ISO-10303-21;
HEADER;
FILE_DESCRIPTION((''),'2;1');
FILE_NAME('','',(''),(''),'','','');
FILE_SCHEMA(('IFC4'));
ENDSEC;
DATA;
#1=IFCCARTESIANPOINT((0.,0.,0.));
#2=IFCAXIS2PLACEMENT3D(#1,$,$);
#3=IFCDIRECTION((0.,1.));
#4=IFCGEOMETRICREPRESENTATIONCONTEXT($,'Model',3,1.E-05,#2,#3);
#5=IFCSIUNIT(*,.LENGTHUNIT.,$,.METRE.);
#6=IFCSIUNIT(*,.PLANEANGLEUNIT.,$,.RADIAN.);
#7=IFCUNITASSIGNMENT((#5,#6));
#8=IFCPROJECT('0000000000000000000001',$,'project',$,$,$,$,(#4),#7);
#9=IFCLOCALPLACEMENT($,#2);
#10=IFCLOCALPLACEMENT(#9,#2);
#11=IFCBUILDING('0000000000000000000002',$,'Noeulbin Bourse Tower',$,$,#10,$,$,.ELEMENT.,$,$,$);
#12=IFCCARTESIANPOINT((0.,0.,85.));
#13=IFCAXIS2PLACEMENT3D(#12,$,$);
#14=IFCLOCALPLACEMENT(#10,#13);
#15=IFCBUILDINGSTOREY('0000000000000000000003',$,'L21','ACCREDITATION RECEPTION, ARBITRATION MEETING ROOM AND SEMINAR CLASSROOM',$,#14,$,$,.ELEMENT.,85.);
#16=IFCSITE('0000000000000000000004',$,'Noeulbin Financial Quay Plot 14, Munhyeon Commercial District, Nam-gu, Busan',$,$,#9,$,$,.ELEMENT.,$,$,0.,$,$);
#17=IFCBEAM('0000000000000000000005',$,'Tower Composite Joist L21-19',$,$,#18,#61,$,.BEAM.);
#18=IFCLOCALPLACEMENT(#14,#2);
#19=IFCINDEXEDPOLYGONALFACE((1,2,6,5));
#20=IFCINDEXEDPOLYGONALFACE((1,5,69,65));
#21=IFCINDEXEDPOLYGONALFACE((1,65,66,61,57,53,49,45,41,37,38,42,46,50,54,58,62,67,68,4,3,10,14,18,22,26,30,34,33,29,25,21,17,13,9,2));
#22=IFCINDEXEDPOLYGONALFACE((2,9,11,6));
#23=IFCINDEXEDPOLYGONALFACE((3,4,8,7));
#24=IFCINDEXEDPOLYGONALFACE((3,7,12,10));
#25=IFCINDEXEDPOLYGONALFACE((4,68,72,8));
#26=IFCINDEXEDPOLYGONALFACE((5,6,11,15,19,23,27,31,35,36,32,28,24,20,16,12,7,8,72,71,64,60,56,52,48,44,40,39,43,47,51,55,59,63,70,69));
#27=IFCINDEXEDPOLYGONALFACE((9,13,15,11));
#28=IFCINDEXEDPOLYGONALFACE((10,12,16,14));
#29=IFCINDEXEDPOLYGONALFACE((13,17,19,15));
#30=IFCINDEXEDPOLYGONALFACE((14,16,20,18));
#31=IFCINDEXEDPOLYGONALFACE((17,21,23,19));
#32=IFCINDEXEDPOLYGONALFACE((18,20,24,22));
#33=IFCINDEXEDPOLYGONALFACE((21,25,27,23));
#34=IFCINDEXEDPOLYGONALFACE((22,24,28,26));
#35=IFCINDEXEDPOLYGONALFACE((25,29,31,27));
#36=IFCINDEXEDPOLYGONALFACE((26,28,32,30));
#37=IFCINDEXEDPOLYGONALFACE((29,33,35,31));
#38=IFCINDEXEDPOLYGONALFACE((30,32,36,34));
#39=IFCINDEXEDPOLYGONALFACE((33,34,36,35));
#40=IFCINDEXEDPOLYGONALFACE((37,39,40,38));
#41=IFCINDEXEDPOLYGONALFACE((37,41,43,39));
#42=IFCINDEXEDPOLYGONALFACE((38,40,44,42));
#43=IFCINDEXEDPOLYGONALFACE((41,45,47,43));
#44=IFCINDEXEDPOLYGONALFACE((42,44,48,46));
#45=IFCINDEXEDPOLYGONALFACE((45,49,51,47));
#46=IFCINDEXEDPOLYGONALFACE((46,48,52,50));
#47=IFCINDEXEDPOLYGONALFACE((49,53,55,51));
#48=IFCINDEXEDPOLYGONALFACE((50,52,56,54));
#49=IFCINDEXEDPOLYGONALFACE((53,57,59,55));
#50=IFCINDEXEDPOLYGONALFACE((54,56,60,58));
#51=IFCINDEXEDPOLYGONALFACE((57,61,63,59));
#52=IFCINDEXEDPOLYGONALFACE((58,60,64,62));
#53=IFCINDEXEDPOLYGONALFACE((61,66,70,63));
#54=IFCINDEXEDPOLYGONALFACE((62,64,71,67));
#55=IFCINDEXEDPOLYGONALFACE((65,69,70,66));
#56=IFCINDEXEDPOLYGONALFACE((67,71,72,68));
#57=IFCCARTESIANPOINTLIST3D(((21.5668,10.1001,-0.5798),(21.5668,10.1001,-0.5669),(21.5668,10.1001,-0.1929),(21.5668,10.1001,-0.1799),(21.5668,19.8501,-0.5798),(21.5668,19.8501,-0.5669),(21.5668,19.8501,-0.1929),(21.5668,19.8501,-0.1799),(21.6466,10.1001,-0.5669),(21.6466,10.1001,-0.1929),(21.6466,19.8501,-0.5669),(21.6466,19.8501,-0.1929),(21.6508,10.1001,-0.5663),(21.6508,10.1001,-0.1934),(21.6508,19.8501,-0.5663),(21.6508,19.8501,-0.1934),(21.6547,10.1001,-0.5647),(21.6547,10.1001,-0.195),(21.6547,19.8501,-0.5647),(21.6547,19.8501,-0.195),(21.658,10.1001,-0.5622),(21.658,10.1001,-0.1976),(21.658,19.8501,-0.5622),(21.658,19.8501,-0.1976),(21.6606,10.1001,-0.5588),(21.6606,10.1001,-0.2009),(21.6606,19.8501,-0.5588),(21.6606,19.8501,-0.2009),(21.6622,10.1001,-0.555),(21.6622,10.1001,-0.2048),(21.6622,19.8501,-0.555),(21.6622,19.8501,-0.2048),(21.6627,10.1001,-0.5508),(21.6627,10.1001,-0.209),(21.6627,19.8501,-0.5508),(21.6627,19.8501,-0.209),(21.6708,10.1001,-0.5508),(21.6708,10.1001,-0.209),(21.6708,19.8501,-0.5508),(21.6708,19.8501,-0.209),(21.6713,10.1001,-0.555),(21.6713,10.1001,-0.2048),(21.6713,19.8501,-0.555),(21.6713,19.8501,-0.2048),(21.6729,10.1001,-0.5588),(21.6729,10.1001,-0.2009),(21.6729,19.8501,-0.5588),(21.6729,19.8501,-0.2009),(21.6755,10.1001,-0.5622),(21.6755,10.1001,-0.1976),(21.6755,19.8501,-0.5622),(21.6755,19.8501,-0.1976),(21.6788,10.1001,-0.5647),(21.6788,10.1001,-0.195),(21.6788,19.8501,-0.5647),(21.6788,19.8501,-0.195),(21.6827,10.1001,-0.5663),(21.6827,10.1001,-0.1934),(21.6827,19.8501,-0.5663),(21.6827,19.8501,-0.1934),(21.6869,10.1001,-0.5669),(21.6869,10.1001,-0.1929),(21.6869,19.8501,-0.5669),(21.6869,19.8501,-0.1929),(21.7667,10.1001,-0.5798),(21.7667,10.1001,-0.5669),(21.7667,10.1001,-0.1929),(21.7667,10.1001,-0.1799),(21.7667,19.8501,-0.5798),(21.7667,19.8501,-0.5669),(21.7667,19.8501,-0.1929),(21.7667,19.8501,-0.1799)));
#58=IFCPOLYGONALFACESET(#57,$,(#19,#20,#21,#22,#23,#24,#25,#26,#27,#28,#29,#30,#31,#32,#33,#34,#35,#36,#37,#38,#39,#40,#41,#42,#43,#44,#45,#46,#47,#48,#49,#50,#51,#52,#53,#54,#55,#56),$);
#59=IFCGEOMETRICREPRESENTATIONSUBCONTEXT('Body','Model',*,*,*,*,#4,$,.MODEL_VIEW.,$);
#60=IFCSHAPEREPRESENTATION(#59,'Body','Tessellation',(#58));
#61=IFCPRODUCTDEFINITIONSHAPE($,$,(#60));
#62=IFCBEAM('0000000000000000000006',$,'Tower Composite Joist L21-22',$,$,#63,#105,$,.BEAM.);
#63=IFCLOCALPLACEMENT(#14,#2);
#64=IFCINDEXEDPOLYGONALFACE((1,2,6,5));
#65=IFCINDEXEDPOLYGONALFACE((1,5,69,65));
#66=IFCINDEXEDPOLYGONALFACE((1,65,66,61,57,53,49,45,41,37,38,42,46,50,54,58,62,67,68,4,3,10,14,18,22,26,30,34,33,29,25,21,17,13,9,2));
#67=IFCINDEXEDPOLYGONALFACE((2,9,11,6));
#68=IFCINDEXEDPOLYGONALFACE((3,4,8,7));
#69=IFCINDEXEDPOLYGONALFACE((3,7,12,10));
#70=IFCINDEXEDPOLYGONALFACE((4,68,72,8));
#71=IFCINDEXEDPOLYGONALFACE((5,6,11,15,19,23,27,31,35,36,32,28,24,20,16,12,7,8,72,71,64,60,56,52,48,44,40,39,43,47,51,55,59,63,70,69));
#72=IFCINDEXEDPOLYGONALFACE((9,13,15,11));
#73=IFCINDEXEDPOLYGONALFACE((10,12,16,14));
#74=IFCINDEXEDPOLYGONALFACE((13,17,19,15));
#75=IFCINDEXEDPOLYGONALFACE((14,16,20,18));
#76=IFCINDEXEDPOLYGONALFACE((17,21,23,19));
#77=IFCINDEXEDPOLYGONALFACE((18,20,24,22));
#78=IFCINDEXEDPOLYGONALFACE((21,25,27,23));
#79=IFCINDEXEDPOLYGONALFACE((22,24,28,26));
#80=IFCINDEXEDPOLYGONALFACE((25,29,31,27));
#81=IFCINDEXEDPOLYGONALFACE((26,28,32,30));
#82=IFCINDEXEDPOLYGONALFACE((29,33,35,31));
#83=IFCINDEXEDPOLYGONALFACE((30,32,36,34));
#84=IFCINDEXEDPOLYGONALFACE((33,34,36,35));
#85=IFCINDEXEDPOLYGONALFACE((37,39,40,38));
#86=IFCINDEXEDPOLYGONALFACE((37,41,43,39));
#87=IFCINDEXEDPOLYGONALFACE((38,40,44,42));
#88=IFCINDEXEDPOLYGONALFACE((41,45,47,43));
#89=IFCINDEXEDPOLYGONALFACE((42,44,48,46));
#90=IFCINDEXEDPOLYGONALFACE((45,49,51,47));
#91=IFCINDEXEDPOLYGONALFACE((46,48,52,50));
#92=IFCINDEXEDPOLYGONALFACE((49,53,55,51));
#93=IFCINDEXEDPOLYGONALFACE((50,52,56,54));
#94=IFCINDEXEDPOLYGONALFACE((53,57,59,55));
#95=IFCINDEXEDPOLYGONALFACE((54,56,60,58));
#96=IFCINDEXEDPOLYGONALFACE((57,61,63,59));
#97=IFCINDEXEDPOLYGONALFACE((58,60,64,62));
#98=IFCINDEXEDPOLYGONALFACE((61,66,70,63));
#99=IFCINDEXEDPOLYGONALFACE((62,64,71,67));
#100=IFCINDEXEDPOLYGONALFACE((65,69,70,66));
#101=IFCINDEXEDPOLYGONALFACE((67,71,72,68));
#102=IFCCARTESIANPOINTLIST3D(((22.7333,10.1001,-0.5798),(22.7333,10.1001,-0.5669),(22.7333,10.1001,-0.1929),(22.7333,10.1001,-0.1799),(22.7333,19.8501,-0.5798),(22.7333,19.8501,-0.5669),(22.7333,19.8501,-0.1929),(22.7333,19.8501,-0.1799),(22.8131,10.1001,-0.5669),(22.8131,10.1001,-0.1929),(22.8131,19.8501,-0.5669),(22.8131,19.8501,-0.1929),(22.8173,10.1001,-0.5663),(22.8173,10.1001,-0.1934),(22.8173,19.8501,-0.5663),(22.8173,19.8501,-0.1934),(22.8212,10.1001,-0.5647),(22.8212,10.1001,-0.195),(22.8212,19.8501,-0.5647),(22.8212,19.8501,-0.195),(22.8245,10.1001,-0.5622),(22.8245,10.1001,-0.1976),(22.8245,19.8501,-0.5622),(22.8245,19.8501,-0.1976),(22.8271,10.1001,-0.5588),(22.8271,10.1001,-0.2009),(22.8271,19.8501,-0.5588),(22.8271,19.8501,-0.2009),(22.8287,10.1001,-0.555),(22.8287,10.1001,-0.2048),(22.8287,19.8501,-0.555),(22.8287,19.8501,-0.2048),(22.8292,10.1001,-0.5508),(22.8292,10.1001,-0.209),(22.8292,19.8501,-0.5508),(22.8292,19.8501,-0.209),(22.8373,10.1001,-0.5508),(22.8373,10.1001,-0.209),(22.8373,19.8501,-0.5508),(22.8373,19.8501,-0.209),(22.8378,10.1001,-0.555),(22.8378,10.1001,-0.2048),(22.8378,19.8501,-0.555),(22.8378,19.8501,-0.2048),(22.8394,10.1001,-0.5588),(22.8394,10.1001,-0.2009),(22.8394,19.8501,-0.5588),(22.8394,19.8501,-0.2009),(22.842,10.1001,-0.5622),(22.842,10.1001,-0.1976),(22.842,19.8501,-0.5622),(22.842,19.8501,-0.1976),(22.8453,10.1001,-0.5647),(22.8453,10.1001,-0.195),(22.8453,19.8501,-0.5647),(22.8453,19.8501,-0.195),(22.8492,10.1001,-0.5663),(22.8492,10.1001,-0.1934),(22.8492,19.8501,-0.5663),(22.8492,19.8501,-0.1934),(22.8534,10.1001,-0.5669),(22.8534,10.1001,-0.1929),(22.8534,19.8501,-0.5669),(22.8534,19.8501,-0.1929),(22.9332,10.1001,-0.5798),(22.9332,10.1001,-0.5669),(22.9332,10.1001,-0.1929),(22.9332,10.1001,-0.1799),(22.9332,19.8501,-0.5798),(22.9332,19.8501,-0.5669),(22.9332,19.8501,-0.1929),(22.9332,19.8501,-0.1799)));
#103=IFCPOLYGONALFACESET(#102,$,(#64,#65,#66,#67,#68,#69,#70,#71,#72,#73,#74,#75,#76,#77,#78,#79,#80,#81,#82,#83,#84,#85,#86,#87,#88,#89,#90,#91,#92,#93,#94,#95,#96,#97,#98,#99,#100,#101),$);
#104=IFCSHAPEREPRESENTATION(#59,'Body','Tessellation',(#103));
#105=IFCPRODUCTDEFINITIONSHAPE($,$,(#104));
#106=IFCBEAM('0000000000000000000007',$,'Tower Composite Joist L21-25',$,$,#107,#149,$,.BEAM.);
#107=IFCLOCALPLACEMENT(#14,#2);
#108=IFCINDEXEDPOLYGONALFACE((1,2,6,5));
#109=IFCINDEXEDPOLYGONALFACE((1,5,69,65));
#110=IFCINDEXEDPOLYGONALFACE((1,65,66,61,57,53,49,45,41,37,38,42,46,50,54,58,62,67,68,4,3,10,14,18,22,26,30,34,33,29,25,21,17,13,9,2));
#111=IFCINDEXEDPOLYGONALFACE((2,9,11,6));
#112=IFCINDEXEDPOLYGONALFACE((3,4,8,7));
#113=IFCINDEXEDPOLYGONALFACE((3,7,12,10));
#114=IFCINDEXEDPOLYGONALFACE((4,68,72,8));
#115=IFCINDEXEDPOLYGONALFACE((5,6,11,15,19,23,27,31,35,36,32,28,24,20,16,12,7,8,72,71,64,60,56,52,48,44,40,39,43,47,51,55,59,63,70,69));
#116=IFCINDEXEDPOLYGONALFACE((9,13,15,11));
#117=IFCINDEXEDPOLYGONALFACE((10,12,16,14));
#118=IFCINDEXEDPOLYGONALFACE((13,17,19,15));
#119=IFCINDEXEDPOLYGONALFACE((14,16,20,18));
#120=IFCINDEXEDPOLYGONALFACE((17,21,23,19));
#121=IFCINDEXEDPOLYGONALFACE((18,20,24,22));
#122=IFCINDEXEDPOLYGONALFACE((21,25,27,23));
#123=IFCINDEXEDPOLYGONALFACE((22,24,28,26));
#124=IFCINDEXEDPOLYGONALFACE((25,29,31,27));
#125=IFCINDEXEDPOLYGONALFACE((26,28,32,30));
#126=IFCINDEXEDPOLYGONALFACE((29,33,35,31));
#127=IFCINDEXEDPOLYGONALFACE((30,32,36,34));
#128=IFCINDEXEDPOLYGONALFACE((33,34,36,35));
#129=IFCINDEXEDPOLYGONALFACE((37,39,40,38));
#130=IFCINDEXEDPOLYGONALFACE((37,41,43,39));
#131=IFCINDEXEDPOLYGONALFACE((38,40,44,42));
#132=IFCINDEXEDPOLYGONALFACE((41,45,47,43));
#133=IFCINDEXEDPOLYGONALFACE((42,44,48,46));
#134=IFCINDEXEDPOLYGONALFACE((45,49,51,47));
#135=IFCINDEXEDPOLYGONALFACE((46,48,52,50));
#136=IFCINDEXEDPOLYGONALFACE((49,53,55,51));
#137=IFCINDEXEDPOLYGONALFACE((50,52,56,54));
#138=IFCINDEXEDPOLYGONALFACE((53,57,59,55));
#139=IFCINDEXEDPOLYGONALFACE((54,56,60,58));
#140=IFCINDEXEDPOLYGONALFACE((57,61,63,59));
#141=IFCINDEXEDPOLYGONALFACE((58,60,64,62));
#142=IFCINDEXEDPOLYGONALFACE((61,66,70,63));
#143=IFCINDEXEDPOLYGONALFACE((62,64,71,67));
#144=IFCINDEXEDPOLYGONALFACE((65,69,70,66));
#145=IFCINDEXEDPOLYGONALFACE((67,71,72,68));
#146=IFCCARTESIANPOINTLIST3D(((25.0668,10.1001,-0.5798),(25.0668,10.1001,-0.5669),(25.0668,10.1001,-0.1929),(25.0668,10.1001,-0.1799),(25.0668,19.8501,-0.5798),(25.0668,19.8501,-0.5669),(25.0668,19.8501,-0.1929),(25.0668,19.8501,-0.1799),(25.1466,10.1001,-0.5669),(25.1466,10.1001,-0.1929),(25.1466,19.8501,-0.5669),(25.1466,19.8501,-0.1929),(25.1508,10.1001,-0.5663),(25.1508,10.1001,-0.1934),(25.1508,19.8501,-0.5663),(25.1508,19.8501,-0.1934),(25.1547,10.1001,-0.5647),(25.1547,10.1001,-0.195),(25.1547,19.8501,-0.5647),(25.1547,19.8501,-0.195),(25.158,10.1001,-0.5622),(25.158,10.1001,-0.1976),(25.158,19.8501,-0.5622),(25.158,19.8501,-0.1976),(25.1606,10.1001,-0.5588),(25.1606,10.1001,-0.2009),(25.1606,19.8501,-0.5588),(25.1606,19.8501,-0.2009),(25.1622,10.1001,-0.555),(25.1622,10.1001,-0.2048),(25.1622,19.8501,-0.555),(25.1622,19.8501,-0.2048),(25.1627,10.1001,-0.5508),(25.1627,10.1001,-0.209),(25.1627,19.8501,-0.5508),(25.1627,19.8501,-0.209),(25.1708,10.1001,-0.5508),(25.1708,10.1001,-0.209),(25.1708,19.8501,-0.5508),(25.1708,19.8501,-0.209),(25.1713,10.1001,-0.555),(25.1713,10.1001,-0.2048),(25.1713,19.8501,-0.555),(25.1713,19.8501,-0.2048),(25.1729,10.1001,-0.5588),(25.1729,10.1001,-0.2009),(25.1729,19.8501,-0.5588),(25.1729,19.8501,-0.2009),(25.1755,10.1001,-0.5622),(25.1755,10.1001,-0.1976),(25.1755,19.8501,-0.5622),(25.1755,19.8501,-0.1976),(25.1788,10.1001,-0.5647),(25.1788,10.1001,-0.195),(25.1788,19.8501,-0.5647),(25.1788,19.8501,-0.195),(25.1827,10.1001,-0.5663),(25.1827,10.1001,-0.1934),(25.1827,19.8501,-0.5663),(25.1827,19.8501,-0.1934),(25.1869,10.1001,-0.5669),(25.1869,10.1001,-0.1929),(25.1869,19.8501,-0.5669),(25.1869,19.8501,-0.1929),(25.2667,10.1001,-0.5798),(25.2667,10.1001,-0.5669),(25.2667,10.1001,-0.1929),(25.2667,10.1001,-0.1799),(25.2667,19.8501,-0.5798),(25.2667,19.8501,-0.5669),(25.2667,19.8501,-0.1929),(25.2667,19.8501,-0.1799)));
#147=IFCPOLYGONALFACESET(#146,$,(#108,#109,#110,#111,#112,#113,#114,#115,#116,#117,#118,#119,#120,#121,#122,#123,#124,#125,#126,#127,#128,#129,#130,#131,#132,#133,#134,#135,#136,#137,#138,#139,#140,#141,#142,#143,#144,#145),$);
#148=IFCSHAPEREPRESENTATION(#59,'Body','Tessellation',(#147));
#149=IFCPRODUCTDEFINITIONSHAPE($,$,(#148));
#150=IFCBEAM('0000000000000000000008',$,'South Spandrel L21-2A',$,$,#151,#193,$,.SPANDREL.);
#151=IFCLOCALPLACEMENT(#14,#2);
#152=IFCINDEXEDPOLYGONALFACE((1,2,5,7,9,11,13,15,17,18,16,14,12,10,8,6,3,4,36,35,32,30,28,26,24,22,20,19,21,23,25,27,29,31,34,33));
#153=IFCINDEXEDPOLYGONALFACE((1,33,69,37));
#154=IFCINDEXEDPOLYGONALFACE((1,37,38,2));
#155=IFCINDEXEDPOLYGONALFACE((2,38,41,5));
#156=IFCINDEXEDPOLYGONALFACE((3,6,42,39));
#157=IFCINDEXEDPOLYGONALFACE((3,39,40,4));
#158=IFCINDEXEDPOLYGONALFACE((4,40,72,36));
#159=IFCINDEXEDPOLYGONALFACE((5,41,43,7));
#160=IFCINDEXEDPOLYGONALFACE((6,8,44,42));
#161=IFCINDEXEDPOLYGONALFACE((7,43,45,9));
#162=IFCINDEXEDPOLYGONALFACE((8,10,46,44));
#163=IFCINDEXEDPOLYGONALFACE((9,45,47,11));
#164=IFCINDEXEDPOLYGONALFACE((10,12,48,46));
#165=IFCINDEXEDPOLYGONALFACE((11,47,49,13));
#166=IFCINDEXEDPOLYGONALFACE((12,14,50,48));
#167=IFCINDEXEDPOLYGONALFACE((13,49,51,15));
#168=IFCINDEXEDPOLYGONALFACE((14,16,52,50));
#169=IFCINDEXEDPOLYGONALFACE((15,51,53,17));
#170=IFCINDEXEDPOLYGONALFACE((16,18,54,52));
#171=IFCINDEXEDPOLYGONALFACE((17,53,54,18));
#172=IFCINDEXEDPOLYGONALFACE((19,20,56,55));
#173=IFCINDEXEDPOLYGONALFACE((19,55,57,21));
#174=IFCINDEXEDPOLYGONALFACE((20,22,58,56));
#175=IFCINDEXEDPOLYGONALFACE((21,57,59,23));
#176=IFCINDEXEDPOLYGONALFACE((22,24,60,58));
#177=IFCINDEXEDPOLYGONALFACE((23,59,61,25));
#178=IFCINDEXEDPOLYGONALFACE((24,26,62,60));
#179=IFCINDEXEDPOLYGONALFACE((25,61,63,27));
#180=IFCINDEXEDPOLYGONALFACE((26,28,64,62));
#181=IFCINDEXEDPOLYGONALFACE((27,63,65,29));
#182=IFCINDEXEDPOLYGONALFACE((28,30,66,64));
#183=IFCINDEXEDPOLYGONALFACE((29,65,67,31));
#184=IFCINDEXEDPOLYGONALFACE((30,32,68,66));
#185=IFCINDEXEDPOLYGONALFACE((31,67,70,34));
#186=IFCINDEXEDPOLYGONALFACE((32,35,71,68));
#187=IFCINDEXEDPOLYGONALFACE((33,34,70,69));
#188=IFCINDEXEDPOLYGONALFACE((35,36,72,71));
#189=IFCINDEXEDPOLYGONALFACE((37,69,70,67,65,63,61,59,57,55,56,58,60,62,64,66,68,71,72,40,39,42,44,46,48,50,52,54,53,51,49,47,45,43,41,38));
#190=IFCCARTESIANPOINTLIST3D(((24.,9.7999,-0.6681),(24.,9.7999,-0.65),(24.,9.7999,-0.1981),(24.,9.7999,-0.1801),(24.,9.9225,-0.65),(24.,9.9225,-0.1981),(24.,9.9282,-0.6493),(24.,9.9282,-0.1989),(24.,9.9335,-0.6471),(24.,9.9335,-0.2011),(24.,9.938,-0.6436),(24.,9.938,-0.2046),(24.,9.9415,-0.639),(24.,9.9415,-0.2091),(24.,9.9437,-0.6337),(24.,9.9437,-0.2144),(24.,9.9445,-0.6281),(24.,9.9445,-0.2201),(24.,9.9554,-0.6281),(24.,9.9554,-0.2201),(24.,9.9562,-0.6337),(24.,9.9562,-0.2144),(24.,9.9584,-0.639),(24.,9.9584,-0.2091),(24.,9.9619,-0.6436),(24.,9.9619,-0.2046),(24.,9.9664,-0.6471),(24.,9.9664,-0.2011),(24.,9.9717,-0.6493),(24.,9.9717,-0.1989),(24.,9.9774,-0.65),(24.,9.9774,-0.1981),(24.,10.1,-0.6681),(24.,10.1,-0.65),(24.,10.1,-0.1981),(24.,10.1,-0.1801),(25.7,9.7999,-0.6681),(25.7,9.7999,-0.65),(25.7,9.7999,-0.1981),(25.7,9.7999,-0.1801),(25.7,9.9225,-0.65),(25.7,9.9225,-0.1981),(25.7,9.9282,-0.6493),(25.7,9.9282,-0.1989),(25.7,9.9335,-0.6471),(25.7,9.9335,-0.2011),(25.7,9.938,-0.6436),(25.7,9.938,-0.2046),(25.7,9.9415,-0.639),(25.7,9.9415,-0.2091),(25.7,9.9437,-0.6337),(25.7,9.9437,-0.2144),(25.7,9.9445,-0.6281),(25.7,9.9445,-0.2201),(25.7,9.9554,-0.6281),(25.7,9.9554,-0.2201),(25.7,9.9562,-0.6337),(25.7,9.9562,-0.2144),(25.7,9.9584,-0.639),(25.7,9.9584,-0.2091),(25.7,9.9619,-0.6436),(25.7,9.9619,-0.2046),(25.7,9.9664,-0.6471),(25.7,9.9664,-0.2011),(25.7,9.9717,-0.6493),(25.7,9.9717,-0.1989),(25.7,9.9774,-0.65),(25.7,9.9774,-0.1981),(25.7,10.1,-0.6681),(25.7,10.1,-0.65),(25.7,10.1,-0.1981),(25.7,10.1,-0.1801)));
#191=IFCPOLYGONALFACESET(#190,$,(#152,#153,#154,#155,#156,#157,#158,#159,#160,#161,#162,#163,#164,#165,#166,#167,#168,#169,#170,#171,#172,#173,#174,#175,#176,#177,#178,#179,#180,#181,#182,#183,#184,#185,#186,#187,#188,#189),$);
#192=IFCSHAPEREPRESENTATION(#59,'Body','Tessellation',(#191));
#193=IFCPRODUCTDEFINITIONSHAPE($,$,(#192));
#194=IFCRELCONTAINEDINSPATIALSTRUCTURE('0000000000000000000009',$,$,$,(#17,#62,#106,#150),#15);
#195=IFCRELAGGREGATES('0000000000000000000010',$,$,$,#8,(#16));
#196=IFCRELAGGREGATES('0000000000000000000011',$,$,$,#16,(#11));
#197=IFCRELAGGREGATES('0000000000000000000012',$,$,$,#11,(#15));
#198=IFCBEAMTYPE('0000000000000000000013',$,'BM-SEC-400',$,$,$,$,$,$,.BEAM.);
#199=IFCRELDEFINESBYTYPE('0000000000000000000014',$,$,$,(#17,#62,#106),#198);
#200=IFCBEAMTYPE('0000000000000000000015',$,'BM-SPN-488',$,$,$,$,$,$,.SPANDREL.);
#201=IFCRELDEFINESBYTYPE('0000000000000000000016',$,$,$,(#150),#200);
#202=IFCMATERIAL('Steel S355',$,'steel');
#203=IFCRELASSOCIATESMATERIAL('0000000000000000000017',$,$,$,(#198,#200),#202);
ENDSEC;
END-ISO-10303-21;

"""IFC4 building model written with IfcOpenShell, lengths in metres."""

from ifc_helpers import new_model, si_unit, direction, frame, origin, origin_2d, place, context, subcontext, project, spatial, i_section, extrude, material, material_profile, profile_set, type_object, element, save


model = new_model("IFC4")

# Units and contexts
model_context = context("Model", 3, precision=1e-05, world=origin(), true_north=direction((0.0, 1.0)))
body_context = subcontext(model_context, "Body", "Model", "MODEL_VIEW")
ifc_project = project(units=[si_unit("LENGTHUNIT", "METRE"), si_unit("PLANEANGLEUNIT", "RADIAN")], contexts=[model_context])

# Site, building, storey
site_placement = place(None, origin())
site = spatial("IfcSite", under=ifc_project, at=site_placement, Name="Noeulbin Financial Quay Plot 14, Munhyeon Commercial District, Nam-gu, Busan", CompositionType="ELEMENT", RefElevation=0.0)
building_placement = place(site_placement, origin())
building = spatial("IfcBuilding", under=site, at=building_placement, Name="Noeulbin Bourse Tower", CompositionType="ELEMENT")
storey_placement = place(building_placement, frame((0.0, 0.0, 85.0)))
storey = spatial("IfcBuildingStorey", under=building, at=storey_placement, Name="L21", Description="ACCREDITATION RECEPTION, ARBITRATION MEETING ROOM AND SEMINAR CLASSROOM", CompositionType="ELEMENT", Elevation=85.0)

# Beams
ifc_material_1 = material(Name="Steel S355", Category="steel")
ifc_material_profile_1 = material_profile(ifc_material_1, i_section(OverallWidth=0.2, OverallDepth=0.3999, WebThickness=0.0081, FlangeThickness=0.0129, FilletRadius=0.0161, at=origin_2d()), Name="H-400x200x8x13", Category="LoadBearing")
ifc_profile_set_1 = profile_set([ifc_material_profile_1], Name="Steel S355")
beam_type_1 = type_object("IfcBeamType", Name="BM-SEC-400", PredefinedType="BEAM", material=ifc_profile_set_1)
for number, where, z_axis, x_axis, name in (
    (1, (21.6667, 10.1001, -0.3799), (0.0, 1.0, 0.0), (-1.0, 0.0, 0.0), "Tower Composite Joist L21-19"),
    (2, (22.8333, 10.1001, -0.3799), (0.0, 1.0, 0.0), (-1.0, 0.0, 0.0), "Tower Composite Joist L21-22"),
    (3, (25.1667, 10.1001, -0.3799), (0.0, 1.0, 0.0), (-1.0, 0.0, 0.0), "Tower Composite Joist L21-25"),
):
    element("IfcBeam", number, at=place(storey_placement, frame(where, z_axis=z_axis, x_axis=x_axis)), inside=storey, type_object=beam_type_1, Name=name, PredefinedType="BEAM", context=body_context, shape_type="SweptSolid", body=[
        extrude(i_section(OverallWidth=0.2, OverallDepth=0.3999, WebThickness=0.0081, FlangeThickness=0.0129, FilletRadius=0.0161, at=origin_2d()), origin(), (0.0, 0.0, 1.0), 9.75),
    ])
ifc_material_profile_2 = material_profile(ifc_material_1, i_section(OverallWidth=0.3, OverallDepth=0.488, WebThickness=0.011, FlangeThickness=0.0181, FilletRadius=0.022, at=origin_2d()), Name="H-488x300x11x18", Category="LoadBearing")
ifc_profile_set_2 = profile_set([ifc_material_profile_2], Name="Steel S355")
beam_type_2 = type_object("IfcBeamType", Name="BM-SPN-488", PredefinedType="SPANDREL", material=ifc_profile_set_2)
beam_1_placement = place(storey_placement, frame((24.0, 9.95, -0.4241), z_axis=(1.0, 0.0, 0.0), x_axis=(0.0, 1.0, 0.0)))
element("IfcBeam", 4, at=beam_1_placement, inside=storey, type_object=beam_type_2, Name="South Spandrel L21-2A", PredefinedType="SPANDREL", context=body_context, shape_type="SweptSolid", body=[
    extrude(i_section(OverallWidth=0.3, OverallDepth=0.488, WebThickness=0.011, FlangeThickness=0.0181, FilletRadius=0.022, at=origin_2d()), origin(), (0.0, 0.0, 1.0), 1.7),
])

save(model, "model.ifc")
